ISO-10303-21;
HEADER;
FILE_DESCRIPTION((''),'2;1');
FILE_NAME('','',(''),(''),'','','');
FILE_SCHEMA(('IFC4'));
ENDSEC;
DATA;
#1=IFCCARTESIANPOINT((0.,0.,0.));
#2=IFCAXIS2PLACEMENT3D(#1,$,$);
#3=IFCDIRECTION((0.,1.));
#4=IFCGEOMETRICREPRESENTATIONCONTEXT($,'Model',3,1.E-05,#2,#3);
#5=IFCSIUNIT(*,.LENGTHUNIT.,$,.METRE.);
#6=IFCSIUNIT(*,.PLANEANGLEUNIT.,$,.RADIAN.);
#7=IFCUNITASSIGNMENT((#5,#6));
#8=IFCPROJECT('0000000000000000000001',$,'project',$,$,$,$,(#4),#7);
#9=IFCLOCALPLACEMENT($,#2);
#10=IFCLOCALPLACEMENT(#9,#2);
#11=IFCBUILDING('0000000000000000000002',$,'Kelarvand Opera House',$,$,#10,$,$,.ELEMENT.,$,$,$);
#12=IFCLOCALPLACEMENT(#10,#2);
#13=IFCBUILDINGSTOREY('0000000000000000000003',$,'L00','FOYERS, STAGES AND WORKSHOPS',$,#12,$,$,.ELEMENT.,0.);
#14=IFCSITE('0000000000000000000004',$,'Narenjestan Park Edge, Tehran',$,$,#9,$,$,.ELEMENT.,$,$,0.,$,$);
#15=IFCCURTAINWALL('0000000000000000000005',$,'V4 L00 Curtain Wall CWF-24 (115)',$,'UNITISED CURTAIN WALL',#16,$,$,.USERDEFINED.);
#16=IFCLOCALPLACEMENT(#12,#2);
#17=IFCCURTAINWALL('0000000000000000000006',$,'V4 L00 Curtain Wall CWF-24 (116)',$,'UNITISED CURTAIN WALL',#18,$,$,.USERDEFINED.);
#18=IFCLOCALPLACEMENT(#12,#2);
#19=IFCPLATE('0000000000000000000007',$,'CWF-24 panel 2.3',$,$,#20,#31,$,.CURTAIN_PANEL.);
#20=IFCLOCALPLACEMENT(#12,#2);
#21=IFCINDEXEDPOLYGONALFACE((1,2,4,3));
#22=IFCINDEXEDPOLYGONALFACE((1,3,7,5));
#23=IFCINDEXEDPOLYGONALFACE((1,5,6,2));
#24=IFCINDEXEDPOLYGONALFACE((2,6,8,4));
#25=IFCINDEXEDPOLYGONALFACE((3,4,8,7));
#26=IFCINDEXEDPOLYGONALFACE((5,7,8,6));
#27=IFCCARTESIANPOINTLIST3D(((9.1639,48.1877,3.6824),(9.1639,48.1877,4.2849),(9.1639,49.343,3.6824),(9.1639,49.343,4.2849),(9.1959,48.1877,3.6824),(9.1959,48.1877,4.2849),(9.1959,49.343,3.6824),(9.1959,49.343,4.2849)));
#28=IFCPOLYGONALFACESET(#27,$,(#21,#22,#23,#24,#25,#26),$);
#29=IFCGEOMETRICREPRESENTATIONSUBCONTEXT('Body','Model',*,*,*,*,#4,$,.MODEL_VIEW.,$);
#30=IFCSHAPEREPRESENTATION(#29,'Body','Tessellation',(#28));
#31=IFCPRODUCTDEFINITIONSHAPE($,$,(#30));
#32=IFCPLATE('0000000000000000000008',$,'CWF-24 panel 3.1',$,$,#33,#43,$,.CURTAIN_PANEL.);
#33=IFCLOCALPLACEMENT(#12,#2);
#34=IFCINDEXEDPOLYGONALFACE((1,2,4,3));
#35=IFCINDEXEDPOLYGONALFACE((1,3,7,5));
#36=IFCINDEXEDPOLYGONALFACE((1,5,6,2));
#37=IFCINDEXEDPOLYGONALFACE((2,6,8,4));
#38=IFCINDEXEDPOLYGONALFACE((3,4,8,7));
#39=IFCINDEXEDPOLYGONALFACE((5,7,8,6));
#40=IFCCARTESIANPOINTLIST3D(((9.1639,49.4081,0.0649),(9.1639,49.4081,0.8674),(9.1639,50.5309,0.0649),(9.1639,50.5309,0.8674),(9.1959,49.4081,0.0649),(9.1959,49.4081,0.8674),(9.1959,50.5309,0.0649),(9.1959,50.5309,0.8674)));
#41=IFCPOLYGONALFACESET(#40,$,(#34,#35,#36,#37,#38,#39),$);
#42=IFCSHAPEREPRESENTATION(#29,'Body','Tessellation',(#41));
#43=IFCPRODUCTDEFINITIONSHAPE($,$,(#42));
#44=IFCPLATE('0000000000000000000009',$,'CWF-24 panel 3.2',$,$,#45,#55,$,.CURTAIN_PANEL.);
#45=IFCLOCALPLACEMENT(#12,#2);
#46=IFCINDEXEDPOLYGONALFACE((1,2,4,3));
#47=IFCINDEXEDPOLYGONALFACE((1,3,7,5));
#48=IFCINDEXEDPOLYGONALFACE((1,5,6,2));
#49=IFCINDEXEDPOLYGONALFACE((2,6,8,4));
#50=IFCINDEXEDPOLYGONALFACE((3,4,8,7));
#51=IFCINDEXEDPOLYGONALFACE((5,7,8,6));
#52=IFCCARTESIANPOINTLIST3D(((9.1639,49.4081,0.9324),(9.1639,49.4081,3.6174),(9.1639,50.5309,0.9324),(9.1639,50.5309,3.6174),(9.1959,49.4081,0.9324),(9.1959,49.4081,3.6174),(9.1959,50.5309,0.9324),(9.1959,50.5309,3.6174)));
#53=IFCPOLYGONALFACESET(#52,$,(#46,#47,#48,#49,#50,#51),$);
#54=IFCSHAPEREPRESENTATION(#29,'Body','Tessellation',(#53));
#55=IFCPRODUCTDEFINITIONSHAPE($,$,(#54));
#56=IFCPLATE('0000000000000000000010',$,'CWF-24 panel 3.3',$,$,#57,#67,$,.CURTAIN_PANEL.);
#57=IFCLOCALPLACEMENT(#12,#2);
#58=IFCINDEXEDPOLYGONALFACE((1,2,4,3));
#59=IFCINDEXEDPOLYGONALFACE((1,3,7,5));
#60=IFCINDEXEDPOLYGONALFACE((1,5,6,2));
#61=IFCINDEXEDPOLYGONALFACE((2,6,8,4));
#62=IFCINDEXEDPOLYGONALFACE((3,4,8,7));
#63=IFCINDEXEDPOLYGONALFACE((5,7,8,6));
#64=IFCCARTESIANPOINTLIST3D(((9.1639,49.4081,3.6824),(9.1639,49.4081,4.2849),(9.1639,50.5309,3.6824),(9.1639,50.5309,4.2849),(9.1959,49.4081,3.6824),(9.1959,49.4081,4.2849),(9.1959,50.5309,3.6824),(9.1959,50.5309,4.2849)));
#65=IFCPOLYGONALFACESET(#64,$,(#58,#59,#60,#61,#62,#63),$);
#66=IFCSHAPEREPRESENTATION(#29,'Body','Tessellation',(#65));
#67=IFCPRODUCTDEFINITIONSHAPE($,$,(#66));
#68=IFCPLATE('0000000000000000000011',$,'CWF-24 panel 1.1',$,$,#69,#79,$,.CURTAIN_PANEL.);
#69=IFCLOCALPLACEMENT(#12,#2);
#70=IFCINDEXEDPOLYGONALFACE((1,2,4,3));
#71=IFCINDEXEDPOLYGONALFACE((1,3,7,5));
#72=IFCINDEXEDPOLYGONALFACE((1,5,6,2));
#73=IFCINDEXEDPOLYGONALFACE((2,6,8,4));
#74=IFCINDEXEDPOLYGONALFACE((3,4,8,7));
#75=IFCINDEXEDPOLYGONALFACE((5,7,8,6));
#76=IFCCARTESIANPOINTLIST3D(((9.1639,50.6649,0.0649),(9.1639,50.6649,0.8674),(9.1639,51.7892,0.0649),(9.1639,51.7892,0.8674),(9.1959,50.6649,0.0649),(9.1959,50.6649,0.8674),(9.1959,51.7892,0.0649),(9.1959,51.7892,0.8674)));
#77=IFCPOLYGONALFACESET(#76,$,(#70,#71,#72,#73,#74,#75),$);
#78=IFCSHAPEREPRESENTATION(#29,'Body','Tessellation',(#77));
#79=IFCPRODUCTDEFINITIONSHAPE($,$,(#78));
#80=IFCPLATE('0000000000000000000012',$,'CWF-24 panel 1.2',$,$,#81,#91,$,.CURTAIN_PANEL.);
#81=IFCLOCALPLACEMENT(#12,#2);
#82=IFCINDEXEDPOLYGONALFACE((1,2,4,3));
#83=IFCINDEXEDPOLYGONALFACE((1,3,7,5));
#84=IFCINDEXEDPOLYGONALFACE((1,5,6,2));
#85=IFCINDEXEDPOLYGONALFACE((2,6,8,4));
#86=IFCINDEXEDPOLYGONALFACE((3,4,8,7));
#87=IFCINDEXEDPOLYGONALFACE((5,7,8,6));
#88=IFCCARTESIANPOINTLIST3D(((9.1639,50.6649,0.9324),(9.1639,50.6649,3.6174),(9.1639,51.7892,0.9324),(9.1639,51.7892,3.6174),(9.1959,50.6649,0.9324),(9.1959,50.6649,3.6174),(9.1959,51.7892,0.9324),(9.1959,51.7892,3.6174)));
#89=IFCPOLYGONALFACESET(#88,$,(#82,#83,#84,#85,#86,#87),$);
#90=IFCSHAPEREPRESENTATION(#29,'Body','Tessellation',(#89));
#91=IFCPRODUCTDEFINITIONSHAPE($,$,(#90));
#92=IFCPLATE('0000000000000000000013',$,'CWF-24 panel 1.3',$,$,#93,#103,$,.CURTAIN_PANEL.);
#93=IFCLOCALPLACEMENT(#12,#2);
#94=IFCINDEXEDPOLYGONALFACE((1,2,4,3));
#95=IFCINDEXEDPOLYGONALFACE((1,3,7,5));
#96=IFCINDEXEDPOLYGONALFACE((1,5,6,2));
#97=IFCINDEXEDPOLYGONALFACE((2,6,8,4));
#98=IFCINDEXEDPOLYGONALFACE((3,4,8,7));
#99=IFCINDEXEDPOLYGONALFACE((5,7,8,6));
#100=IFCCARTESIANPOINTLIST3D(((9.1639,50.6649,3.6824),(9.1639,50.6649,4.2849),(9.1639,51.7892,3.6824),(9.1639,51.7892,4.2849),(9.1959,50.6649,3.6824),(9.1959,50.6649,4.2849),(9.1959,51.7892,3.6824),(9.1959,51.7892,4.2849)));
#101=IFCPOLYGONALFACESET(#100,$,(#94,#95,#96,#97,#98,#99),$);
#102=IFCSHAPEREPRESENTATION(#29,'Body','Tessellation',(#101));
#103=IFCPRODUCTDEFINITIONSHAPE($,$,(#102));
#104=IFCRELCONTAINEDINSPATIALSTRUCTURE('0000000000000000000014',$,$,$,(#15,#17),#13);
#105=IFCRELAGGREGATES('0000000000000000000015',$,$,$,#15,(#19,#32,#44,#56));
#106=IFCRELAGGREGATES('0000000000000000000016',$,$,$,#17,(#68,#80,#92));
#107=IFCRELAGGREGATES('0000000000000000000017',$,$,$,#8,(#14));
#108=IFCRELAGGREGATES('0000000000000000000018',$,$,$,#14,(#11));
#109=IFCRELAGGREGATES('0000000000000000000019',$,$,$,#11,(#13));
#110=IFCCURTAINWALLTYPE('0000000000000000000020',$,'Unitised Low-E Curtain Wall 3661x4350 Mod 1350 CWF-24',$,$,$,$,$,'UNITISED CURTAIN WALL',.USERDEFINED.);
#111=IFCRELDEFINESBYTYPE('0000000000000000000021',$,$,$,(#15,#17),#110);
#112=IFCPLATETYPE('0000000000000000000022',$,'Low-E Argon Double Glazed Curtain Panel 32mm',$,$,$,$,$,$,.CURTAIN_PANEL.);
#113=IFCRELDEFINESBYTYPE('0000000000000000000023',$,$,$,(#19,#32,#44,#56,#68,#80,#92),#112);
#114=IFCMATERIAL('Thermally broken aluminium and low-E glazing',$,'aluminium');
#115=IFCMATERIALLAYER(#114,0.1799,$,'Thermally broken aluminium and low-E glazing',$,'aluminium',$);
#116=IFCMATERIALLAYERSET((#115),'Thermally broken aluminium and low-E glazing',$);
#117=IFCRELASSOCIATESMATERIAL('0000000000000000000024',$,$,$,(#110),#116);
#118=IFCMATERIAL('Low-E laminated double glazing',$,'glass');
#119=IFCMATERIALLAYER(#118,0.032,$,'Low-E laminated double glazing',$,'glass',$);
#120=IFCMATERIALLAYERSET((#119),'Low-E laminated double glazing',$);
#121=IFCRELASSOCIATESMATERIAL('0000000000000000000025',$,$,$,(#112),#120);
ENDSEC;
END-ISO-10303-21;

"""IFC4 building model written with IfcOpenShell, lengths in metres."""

from ifc_helpers import new_model, si_unit, direction, frame, origin, origin_2d, place, context, subcontext, project, spatial, rectangle, extrude, material, layer, layer_set, type_object, element, aggregate, save


model = new_model("IFC4")

# Units and contexts
model_context = context("Model", 3, precision=1e-05, world=origin(), true_north=direction((0.0, 1.0)))
body_context = subcontext(model_context, "Body", "Model", "MODEL_VIEW")
ifc_project = project(units=[si_unit("LENGTHUNIT", "METRE"), si_unit("PLANEANGLEUNIT", "RADIAN")], contexts=[model_context])

# Site, building, storey
site_placement = place(None, origin())
site = spatial("IfcSite", under=ifc_project, at=site_placement, Name="Narenjestan Park Edge, Tehran", CompositionType="ELEMENT", RefElevation=0.0)
building_placement = place(site_placement, origin())
building = spatial("IfcBuilding", under=site, at=building_placement, Name="Kelarvand Opera House", CompositionType="ELEMENT")
storey_placement = place(building_placement, origin())
storey = spatial("IfcBuildingStorey", under=building, at=storey_placement, Name="L00", Description="FOYERS, STAGES AND WORKSHOPS", CompositionType="ELEMENT", Elevation=0.0)

# Curtain walls
ifc_material_1 = material(Name="Thermally broken aluminium and low-E glazing", Category="aluminium")
ifc_layer_1 = layer(ifc_material_1, 0.1799, Name="Thermally broken aluminium and low-E glazing", Category="aluminium")
ifc_layer_set_1 = layer_set([ifc_layer_1], Name="Thermally broken aluminium and low-E glazing")
curtain_wall_type = type_object("IfcCurtainWallType", Name="Unitised Low-E Curtain Wall 3661x4350 Mod 1350 CWF-24", ElementType="UNITISED CURTAIN WALL", PredefinedType="USERDEFINED", material=ifc_layer_set_1)
curtain_wall_1_placement = place(storey_placement, origin())
curtain_wall_1 = element("IfcCurtainWall", 1, at=curtain_wall_1_placement, inside=storey, type_object=curtain_wall_type, Name="V4 L00 Curtain Wall CWF-24 (115)", ObjectType="UNITISED CURTAIN WALL", PredefinedType="USERDEFINED")
curtain_wall_2_placement = place(storey_placement, origin())
curtain_wall_2 = element("IfcCurtainWall", 2, at=curtain_wall_2_placement, inside=storey, type_object=curtain_wall_type, Name="V4 L00 Curtain Wall CWF-24 (116)", ObjectType="UNITISED CURTAIN WALL", PredefinedType="USERDEFINED")

# Plates
ifc_material_2 = material(Name="Low-E laminated double glazing", Category="glass")
ifc_layer_2 = layer(ifc_material_2, 0.032, Name="Low-E laminated double glazing", Category="glass")
ifc_layer_set_2 = layer_set([ifc_layer_2], Name="Low-E laminated double glazing")
plate_type = type_object("IfcPlateType", Name="Low-E Argon Double Glazed Curtain Panel 32mm", PredefinedType="CURTAIN_PANEL", material=ifc_layer_set_2)
plate_1_placement = place(storey_placement, frame((9.1799, 48.7654, 3.6824), z_axis=(0.0, 0.0, 1.0), x_axis=(0.0, 1.0, 0.0)))
plate_1 = element("IfcPlate", 3, at=plate_1_placement, type_object=plate_type, Name="CWF-24 panel 2.3", PredefinedType="CURTAIN_PANEL", context=body_context, shape_type="SweptSolid", body=[
    extrude(rectangle(XDim=1.1553, YDim=0.032, at=origin_2d()), origin(), (0.0, 0.0, 1.0), 0.6025),
])
plate_2_placement = place(storey_placement, frame((9.1799, 49.9695, 0.0649), z_axis=(0.0, 0.0, 1.0), x_axis=(0.0, 1.0, 0.0)))
plate_2 = element("IfcPlate", 4, at=plate_2_placement, type_object=plate_type, Name="CWF-24 panel 3.1", PredefinedType="CURTAIN_PANEL", context=body_context, shape_type="SweptSolid", body=[
    extrude(rectangle(XDim=1.1228, YDim=0.032, at=origin_2d()), origin(), (0.0, 0.0, 1.0), 0.8025),
])
plate_3_placement = place(storey_placement, frame((9.1799, 49.9695, 0.9324), z_axis=(0.0, 0.0, 1.0), x_axis=(0.0, 1.0, 0.0)))
plate_3 = element("IfcPlate", 5, at=plate_3_placement, type_object=plate_type, Name="CWF-24 panel 3.2", PredefinedType="CURTAIN_PANEL", context=body_context, shape_type="SweptSolid", body=[
    extrude(rectangle(XDim=1.1228, YDim=0.032, at=origin_2d()), origin(), (0.0, 0.0, 1.0), 2.6851),
])
plate_4_placement = place(storey_placement, frame((9.1799, 49.9695, 3.6824), z_axis=(0.0, 0.0, 1.0), x_axis=(0.0, 1.0, 0.0)))
plate_4 = element("IfcPlate", 6, at=plate_4_placement, type_object=plate_type, Name="CWF-24 panel 3.3", PredefinedType="CURTAIN_PANEL", context=body_context, shape_type="SweptSolid", body=[
    extrude(rectangle(XDim=1.1228, YDim=0.032, at=origin_2d()), origin(), (0.0, 0.0, 1.0), 0.6025),
])
aggregate(curtain_wall_1, [plate_1, plate_2, plate_3, plate_4])
plate_5_placement = place(storey_placement, frame((9.1799, 51.2271, 0.0649), z_axis=(0.0, 0.0, 1.0), x_axis=(0.0, 1.0, 0.0)))
plate_5 = element("IfcPlate", 7, at=plate_5_placement, type_object=plate_type, Name="CWF-24 panel 1.1", PredefinedType="CURTAIN_PANEL", context=body_context, shape_type="SweptSolid", body=[
    extrude(rectangle(XDim=1.1243, YDim=0.032, at=origin_2d()), origin(), (0.0, 0.0, 1.0), 0.8025),
])
plate_6_placement = place(storey_placement, frame((9.1799, 51.2271, 0.9324), z_axis=(0.0, 0.0, 1.0), x_axis=(0.0, 1.0, 0.0)))
plate_6 = element("IfcPlate", 8, at=plate_6_placement, type_object=plate_type, Name="CWF-24 panel 1.2", PredefinedType="CURTAIN_PANEL", context=body_context, shape_type="SweptSolid", body=[
    extrude(rectangle(XDim=1.1243, YDim=0.032, at=origin_2d()), origin(), (0.0, 0.0, 1.0), 2.6851),
])
plate_7_placement = place(storey_placement, frame((9.1799, 51.2271, 3.6824), z_axis=(0.0, 0.0, 1.0), x_axis=(0.0, 1.0, 0.0)))
plate_7 = element("IfcPlate", 9, at=plate_7_placement, type_object=plate_type, Name="CWF-24 panel 1.3", PredefinedType="CURTAIN_PANEL", context=body_context, shape_type="SweptSolid", body=[
    extrude(rectangle(XDim=1.1243, YDim=0.032, at=origin_2d()), origin(), (0.0, 0.0, 1.0), 0.6025),
])
aggregate(curtain_wall_2, [plate_5, plate_6, plate_7])

save(model, "model.ifc")
